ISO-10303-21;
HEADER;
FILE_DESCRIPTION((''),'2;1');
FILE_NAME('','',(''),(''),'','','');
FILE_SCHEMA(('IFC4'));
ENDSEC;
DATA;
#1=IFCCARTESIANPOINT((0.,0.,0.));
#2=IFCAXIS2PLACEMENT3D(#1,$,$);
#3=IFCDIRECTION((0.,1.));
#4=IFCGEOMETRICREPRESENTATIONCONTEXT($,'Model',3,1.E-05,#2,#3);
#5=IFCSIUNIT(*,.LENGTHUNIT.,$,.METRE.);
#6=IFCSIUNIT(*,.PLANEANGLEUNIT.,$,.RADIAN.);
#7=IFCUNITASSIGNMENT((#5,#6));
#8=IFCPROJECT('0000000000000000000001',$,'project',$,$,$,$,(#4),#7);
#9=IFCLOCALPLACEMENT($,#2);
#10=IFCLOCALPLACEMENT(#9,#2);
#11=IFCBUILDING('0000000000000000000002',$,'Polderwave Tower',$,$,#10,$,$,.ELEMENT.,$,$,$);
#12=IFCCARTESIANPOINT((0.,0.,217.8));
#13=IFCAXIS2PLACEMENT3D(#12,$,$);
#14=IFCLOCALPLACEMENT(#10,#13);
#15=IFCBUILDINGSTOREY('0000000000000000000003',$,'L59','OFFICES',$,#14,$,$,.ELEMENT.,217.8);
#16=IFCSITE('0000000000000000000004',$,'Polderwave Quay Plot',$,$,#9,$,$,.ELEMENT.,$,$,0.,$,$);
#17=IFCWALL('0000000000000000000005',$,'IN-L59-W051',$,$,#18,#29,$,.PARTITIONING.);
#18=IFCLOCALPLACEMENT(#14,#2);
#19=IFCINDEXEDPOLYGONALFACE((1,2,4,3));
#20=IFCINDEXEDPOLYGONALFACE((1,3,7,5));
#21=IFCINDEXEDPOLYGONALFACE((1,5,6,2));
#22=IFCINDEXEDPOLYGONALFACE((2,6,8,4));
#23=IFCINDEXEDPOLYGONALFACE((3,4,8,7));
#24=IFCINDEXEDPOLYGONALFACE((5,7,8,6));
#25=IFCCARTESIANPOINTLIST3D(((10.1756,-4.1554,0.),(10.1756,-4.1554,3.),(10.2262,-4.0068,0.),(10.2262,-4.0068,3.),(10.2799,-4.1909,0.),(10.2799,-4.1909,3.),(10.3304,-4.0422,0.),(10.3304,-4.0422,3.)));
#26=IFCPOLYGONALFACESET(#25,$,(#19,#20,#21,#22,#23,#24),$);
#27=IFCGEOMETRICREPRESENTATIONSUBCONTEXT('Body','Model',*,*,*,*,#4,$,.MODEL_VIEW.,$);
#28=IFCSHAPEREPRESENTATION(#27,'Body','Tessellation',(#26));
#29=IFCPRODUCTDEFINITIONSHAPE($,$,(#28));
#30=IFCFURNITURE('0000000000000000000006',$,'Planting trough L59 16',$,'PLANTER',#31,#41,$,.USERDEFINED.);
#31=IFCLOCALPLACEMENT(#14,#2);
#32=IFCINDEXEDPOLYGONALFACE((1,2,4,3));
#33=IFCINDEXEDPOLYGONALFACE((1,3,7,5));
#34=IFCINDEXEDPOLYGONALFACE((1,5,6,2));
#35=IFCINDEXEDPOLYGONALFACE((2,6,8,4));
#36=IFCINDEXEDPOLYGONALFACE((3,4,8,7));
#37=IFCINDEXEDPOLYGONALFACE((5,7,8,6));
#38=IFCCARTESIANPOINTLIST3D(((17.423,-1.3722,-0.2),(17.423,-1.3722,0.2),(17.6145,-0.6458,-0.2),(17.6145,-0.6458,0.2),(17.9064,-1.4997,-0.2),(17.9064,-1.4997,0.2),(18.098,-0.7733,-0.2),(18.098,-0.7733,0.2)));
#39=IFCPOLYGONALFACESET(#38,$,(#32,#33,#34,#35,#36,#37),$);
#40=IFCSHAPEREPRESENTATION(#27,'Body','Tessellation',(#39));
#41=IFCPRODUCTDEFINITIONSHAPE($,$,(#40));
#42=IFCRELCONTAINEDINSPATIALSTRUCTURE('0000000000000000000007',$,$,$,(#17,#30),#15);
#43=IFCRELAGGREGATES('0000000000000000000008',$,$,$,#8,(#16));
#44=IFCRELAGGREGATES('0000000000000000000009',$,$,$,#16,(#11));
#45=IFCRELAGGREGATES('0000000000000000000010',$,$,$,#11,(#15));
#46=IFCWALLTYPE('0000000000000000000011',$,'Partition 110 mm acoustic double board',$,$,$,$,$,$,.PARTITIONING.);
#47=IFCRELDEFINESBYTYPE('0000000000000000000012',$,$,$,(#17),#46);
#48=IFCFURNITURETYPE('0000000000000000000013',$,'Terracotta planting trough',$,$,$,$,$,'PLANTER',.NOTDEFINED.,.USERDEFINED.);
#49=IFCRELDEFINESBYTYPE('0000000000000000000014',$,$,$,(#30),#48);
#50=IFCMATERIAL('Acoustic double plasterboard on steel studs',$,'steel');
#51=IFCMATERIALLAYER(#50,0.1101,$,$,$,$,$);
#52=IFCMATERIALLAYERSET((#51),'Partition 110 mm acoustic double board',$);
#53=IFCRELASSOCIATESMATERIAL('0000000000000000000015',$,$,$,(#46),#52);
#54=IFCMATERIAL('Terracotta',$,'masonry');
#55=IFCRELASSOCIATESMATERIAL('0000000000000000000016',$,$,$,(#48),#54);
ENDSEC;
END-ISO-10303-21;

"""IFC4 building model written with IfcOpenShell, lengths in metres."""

from ifc_helpers import new_model, si_unit, direction, frame, frame_2d, origin, origin_2d, place, context, subcontext, project, spatial, rectangle, extrude, material, layer, layer_set, type_object, element, save


model = new_model("IFC4")

# Units and contexts
model_context = context("Model", 3, precision=1e-05, world=origin(), true_north=direction((0.0, 1.0)))
body_context = subcontext(model_context, "Body", "Model", "MODEL_VIEW")
ifc_project = project(units=[si_unit("LENGTHUNIT", "METRE"), si_unit("PLANEANGLEUNIT", "RADIAN")], contexts=[model_context])

# Site, building, storey
site_placement = place(None, origin())
site = spatial("IfcSite", under=ifc_project, at=site_placement, Name="Polderwave Quay Plot", CompositionType="ELEMENT", RefElevation=0.0)
building_placement = place(site_placement, origin())
building = spatial("IfcBuilding", under=site, at=building_placement, Name="Polderwave Tower", CompositionType="ELEMENT")
storey_placement = place(building_placement, frame((0.0, 0.0, 217.8)))
storey = spatial("IfcBuildingStorey", under=building, at=storey_placement, Name="L59", Description="OFFICES", CompositionType="ELEMENT", Elevation=217.8)

# Wall
ifc_material_1 = material(Name="Acoustic double plasterboard on steel studs", Category="steel")
ifc_layer_1 = layer(ifc_material_1, 0.1101)
ifc_layer_set_1 = layer_set([ifc_layer_1], Name="Partition 110 mm acoustic double board")
wall_type_1 = type_object("IfcWallType", Name="Partition 110 mm acoustic double board", PredefinedType="PARTITIONING", material=ifc_layer_set_1)
wall_1_placement = place(storey_placement, frame((10.2783, -4.0244, 0.0), z_axis=(0.0, 0.0, 1.0), x_axis=(-0.321819, -0.946801, 0.0)))
element("IfcWall", 1, at=wall_1_placement, inside=storey, type_object=wall_type_1, Name="IN-L59-W051", PredefinedType="PARTITIONING", context=body_context, shape_type="SweptSolid", body=[
    extrude(rectangle(XDim=0.157, YDim=0.1101, at=frame_2d((0.0786, 0.0))), origin(), (0.0, 0.0, 1.0), 3.0),
])

# Furniture
ifc_material_2 = material(Name="Terracotta", Category="masonry")
furniture_type = type_object("IfcFurnitureType", Name="Terracotta planting trough", ElementType="PLANTER", AssemblyPlace="NOTDEFINED", PredefinedType="USERDEFINED", material=ifc_material_2)
furniture_placement = place(storey_placement, frame((17.7605, -1.0728, -0.2), z_axis=(0.0, 0.0, 1.0), x_axis=(0.255007, 0.966939, 0.0)))
element("IfcFurniture", 2, at=furniture_placement, inside=storey, type_object=furniture_type, Name="Planting trough L59 16", ObjectType="PLANTER", PredefinedType="USERDEFINED", context=body_context, shape_type="SweptSolid", body=[
    extrude(rectangle(XDim=0.7512, YDim=0.5, at=origin_2d()), origin(), (0.0, 0.0, 1.0), 0.3999),
])

save(model, "model.ifc")
